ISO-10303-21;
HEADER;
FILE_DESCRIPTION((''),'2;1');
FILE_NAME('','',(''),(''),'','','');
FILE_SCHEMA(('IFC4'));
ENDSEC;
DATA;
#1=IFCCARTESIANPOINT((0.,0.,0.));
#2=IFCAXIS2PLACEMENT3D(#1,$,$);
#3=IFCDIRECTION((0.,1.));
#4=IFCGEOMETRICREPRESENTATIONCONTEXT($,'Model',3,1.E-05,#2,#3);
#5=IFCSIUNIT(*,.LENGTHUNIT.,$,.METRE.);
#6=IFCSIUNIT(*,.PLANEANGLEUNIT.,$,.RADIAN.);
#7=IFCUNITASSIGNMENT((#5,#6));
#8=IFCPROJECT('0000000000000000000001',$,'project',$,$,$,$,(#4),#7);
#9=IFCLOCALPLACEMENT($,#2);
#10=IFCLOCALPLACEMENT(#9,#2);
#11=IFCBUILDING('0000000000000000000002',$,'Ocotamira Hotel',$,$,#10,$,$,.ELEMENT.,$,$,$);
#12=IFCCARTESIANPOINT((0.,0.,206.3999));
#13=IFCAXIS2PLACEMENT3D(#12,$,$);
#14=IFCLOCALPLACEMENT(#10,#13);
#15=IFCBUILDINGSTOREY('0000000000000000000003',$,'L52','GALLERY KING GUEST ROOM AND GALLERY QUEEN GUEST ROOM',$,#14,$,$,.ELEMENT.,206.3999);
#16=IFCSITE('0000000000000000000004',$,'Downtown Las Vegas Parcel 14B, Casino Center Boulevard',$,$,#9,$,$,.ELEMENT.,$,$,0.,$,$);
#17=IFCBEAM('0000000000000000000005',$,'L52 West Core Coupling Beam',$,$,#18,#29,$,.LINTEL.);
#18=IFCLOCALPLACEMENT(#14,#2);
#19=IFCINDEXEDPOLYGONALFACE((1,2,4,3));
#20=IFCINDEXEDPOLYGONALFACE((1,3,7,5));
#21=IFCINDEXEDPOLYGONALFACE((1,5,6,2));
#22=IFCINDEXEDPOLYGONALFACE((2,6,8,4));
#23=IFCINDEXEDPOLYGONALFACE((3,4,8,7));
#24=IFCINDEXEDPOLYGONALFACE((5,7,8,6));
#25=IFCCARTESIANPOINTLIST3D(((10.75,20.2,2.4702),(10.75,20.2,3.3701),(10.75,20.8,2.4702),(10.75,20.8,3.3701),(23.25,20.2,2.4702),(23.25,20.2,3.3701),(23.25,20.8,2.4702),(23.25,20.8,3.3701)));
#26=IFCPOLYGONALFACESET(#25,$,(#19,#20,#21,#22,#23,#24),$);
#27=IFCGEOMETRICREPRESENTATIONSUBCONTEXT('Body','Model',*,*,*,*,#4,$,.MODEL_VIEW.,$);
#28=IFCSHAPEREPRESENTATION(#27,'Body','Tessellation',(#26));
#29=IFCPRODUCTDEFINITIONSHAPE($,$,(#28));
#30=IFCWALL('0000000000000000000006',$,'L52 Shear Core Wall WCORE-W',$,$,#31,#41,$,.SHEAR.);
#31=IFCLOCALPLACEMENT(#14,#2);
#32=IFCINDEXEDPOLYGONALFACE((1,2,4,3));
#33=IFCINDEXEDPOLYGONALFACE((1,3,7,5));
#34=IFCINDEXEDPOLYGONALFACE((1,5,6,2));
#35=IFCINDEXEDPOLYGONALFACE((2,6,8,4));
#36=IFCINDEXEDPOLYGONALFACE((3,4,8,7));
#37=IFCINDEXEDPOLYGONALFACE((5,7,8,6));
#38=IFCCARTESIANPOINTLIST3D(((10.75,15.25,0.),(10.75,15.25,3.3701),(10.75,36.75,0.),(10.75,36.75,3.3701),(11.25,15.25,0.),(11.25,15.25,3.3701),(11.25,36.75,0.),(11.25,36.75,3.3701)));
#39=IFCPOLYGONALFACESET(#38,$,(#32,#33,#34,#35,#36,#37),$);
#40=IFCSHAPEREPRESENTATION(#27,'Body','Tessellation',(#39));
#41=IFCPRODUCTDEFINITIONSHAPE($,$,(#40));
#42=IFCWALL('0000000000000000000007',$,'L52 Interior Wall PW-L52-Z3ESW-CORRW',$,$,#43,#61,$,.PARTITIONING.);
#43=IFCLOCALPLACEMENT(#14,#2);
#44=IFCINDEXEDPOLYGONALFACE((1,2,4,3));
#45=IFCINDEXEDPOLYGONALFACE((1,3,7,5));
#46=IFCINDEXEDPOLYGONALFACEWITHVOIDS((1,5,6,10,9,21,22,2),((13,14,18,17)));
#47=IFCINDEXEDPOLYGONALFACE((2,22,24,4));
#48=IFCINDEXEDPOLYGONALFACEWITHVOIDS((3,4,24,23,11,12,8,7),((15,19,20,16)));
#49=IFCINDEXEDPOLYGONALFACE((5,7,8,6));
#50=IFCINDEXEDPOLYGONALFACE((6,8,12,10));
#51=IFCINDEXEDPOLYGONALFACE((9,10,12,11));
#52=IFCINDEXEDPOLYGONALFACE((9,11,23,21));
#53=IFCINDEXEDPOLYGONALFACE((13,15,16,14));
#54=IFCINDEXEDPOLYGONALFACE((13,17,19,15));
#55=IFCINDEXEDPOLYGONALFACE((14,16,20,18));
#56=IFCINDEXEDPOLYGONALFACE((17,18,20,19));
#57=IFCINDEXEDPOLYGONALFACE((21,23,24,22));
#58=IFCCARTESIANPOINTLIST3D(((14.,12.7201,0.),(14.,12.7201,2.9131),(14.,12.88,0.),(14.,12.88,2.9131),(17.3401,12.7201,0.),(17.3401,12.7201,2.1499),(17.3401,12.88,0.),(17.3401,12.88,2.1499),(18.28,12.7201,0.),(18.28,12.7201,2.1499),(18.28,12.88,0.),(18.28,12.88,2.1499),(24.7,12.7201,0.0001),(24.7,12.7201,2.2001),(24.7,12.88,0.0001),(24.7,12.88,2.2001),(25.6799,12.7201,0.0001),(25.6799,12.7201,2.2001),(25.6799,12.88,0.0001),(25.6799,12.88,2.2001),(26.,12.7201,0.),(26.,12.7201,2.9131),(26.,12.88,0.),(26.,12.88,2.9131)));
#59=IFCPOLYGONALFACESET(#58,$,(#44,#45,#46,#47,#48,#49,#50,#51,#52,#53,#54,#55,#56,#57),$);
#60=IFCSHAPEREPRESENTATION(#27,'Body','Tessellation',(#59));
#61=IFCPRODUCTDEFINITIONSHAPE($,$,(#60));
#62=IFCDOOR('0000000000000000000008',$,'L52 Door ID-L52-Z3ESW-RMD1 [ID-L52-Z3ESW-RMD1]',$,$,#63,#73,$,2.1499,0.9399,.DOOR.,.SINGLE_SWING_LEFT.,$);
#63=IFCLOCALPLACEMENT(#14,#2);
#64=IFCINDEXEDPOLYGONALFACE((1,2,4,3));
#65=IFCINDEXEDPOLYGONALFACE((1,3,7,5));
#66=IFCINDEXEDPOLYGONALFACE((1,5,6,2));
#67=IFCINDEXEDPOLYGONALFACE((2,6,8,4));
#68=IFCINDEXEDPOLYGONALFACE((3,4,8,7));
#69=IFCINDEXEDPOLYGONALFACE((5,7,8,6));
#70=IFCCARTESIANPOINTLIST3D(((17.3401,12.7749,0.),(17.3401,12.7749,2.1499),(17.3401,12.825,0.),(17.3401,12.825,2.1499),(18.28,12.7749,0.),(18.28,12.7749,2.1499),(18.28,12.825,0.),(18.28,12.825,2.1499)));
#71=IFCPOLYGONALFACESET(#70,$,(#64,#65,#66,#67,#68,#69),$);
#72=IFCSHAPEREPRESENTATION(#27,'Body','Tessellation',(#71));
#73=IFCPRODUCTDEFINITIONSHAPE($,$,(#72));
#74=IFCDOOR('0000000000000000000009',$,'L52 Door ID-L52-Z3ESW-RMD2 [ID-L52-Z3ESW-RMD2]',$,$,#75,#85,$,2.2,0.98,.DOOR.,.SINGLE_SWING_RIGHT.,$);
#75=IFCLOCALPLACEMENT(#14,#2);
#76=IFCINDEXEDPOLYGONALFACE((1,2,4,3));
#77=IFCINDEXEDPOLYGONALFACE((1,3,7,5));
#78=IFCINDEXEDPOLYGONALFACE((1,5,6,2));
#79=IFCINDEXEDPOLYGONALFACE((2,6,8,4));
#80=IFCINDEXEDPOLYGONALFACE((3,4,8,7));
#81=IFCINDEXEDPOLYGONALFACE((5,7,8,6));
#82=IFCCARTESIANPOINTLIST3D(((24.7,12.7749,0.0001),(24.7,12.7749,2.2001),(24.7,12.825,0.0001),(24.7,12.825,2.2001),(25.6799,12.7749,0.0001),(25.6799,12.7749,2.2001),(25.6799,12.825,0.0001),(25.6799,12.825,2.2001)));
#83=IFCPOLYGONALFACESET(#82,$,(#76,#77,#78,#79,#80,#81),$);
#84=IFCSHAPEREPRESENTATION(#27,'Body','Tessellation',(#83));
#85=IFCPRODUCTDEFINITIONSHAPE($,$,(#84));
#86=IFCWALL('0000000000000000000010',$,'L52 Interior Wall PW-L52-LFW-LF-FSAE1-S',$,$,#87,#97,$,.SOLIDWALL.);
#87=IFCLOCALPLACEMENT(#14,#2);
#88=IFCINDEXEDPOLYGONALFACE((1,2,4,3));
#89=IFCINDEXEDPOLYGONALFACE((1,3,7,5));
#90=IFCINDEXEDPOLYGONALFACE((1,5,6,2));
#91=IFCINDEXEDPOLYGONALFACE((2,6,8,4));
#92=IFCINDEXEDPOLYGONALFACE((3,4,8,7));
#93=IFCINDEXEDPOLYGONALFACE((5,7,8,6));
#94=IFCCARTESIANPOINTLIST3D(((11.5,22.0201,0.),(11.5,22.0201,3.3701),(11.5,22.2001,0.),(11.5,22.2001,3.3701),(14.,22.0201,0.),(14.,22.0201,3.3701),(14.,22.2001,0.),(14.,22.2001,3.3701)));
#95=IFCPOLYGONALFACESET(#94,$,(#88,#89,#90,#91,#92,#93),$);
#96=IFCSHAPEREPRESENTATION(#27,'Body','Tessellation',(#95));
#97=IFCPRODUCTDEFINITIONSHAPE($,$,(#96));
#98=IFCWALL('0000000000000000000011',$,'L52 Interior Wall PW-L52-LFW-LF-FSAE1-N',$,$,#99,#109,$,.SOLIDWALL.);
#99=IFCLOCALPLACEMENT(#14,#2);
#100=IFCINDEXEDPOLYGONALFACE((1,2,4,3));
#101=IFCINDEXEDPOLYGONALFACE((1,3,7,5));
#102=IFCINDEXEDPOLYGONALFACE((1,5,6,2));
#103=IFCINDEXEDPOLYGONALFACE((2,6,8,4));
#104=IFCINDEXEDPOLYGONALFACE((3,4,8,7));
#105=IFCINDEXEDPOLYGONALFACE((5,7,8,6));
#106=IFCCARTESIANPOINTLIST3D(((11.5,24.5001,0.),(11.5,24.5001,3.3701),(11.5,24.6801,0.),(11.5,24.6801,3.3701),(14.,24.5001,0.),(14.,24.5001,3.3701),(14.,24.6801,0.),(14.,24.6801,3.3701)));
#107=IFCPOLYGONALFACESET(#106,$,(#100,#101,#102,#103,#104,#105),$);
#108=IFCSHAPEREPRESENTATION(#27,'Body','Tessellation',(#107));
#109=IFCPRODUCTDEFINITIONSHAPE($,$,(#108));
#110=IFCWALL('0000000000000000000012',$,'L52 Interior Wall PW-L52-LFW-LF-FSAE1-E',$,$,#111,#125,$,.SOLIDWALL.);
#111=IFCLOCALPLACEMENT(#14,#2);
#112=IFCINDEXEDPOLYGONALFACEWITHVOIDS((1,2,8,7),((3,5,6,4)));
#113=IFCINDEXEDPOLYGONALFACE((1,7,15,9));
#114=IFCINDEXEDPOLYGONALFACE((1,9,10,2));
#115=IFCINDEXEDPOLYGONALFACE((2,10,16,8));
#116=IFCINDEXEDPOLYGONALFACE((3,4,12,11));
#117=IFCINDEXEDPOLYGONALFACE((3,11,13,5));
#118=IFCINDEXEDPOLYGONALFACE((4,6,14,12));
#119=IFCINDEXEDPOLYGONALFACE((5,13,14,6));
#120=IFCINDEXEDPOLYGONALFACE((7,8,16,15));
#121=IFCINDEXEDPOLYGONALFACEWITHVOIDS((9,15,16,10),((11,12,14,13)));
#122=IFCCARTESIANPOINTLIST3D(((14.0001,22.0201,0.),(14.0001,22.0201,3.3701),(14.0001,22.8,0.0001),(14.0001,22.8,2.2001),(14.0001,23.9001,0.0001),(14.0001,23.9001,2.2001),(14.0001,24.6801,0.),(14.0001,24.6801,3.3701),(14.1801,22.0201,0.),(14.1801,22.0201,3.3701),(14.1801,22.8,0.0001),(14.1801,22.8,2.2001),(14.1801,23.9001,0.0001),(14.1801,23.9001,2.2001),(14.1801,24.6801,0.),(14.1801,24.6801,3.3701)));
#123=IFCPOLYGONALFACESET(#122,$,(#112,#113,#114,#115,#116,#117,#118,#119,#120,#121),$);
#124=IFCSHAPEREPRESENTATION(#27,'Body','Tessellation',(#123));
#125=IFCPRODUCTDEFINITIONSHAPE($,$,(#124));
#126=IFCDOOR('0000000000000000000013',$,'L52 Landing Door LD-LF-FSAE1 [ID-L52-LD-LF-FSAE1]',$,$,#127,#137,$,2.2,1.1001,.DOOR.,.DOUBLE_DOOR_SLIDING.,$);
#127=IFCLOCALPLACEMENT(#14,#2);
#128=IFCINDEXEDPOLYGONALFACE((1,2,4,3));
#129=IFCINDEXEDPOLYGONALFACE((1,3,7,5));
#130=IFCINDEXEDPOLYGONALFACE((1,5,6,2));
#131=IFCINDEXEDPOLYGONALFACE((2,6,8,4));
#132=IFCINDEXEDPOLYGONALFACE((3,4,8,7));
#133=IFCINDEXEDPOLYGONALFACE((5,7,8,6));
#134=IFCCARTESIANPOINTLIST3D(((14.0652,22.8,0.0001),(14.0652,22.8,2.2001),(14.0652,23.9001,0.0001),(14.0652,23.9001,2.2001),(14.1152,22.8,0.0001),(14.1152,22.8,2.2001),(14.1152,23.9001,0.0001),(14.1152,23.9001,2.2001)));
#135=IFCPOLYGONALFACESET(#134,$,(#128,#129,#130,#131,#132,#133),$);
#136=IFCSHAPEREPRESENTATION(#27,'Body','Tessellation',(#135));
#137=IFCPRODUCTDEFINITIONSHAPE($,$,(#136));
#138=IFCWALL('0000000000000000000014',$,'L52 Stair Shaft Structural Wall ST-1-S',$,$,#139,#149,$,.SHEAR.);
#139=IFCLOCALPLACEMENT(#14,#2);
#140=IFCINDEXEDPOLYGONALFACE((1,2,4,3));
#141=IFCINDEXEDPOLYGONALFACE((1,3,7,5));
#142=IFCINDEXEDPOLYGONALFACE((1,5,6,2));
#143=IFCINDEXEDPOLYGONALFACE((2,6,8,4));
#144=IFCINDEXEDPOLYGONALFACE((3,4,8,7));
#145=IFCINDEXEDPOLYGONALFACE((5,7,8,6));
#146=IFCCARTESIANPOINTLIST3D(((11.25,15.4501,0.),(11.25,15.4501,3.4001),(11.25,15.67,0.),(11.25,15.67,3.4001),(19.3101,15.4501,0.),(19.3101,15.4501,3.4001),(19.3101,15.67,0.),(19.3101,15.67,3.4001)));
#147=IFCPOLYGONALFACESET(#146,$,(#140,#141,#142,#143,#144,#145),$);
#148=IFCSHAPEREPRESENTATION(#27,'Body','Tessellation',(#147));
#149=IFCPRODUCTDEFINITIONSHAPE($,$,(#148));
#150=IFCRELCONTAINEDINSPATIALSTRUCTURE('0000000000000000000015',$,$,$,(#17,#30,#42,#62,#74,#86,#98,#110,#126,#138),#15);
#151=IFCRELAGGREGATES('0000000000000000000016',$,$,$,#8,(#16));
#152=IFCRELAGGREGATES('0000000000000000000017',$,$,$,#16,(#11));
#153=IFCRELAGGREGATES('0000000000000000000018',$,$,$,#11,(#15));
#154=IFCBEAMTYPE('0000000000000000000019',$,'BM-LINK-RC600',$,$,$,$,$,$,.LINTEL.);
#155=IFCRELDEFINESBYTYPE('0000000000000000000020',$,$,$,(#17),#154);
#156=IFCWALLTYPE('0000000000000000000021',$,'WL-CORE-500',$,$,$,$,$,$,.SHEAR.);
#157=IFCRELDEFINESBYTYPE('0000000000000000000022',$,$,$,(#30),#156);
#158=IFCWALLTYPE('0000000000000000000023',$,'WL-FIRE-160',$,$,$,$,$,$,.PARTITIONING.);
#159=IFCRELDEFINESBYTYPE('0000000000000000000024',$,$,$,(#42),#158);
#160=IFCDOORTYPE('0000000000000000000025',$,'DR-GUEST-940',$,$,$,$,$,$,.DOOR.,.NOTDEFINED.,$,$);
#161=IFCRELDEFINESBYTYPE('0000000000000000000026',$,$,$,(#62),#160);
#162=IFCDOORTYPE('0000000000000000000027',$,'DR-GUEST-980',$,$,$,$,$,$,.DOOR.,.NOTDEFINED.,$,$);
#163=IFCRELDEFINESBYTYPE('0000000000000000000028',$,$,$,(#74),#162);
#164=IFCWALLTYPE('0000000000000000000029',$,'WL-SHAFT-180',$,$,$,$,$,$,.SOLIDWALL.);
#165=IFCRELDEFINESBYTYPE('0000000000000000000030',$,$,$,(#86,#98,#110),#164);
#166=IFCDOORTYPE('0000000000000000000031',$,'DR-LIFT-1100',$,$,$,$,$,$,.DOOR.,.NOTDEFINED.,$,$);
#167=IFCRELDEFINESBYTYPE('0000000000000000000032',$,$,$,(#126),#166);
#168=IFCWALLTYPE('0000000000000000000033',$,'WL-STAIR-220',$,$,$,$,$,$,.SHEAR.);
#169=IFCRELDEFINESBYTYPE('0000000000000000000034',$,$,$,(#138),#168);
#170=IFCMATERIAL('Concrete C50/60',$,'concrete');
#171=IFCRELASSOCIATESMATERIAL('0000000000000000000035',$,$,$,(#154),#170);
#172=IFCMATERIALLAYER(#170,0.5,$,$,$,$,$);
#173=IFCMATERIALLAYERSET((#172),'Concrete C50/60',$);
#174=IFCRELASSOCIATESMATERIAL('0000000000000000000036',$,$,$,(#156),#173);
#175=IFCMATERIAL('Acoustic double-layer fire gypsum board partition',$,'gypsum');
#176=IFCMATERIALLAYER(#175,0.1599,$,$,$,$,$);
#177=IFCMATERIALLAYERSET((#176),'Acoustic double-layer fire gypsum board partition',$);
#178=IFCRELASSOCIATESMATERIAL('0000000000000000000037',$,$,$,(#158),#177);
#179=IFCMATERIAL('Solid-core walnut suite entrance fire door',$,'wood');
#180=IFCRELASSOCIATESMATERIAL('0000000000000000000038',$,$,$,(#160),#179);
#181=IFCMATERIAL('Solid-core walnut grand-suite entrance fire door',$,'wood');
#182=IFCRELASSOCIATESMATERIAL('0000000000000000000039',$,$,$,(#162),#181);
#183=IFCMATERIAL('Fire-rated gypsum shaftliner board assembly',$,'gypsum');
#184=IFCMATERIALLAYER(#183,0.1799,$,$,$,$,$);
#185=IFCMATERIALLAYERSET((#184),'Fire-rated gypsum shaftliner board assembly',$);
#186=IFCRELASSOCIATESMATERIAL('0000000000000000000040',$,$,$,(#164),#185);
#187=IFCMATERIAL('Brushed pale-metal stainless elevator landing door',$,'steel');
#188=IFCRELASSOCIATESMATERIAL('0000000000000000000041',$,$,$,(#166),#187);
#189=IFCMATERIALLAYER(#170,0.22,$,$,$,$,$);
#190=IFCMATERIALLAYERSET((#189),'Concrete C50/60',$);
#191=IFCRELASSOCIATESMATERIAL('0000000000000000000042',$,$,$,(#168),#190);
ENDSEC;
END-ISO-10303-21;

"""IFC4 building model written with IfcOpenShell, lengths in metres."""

from ifc_helpers import new_model, si_unit, direction, frame, frame_2d, origin, origin_2d, place, context, subcontext, project, spatial, rectangle, extrude, source, transform, mapped, material, layer, layer_set, material_profile, profile_set, type_object, element, fill, save


model = new_model("IFC4")

# Units and contexts
model_context = context("Model", 3, precision=1e-05, world=origin(), true_north=direction((0.0, 1.0)))
body_context = subcontext(model_context, "Body", "Model", "MODEL_VIEW")
ifc_project = project(units=[si_unit("LENGTHUNIT", "METRE"), si_unit("PLANEANGLEUNIT", "RADIAN")], contexts=[model_context])

# Site, building, storey
site_placement = place(None, origin())
site = spatial("IfcSite", under=ifc_project, at=site_placement, Name="Downtown Las Vegas Parcel 14B, Casino Center Boulevard", CompositionType="ELEMENT", RefElevation=0.0)
building_placement = place(site_placement, origin())
building = spatial("IfcBuilding", under=site, at=building_placement, Name="Ocotamira Hotel", CompositionType="ELEMENT")
storey_placement = place(building_placement, frame((0.0, 0.0, 206.3999)))
storey = spatial("IfcBuildingStorey", under=building, at=storey_placement, Name="L52", Description="GALLERY KING GUEST ROOM AND GALLERY QUEEN GUEST ROOM", CompositionType="ELEMENT", Elevation=206.3999)

# Beam
ifc_material_1 = material(Name="Concrete C50/60", Category="concrete")
ifc_material_profile = material_profile(ifc_material_1, rectangle(XDim=0.6001, YDim=0.8999, at=origin_2d()), Name="RC600X900")
ifc_profile_set = profile_set([ifc_material_profile], Name="Concrete C50/60")
beam_type = type_object("IfcBeamType", Name="BM-LINK-RC600", PredefinedType="LINTEL", material=ifc_profile_set)
shared_shape_1 = source(origin(), body_context, "Body", "SweptSolid", [
    extrude(rectangle(XDim=0.6001, YDim=0.8999, at=origin_2d()), origin(), (0.0, 0.0, 1.0), 12.5),
])
beam_placement = place(storey_placement, frame((10.75, 20.5, 2.9202), z_axis=(1.0, 0.0, 0.0), x_axis=(0.0, 1.0, 0.0)))
element("IfcBeam", 1, at=beam_placement, inside=storey, type_object=beam_type, Name="L52 West Core Coupling Beam", PredefinedType="LINTEL", context=body_context, shape_type="MappedRepresentation", body=[
    mapped(shared_shape_1, transform((0.0, 0.0, 0.0), scale=1.0)),
])

# Wall
ifc_layer_1 = layer(ifc_material_1, 0.5)
ifc_layer_set_1 = layer_set([ifc_layer_1], Name="Concrete C50/60")
wall_type_1 = type_object("IfcWallType", Name="WL-CORE-500", PredefinedType="SHEAR", material=ifc_layer_set_1)
wall_1_placement = place(storey_placement, frame((11.0, 15.25, 0.0), z_axis=(0.0, 0.0, 1.0), x_axis=(0.0, 1.0, 0.0)))
element("IfcWall", 2, at=wall_1_placement, inside=storey, type_object=wall_type_1, Name="L52 Shear Core Wall WCORE-W", PredefinedType="SHEAR", context=body_context, shape_type="SweptSolid", body=[
    extrude(rectangle(XDim=21.5, YDim=0.5, at=frame_2d((10.75, 0.0))), origin(), (0.0, 0.0, 1.0), 3.3701),
])

# Shared definitions
ifc_material_2 = material(Name="Acoustic double-layer fire gypsum board partition", Category="gypsum")
ifc_layer_2 = layer(ifc_material_2, 0.1599)
ifc_layer_set_2 = layer_set([ifc_layer_2], Name="Acoustic double-layer fire gypsum board partition")
wall_type_2 = type_object("IfcWallType", Name="WL-FIRE-160", PredefinedType="PARTITIONING", material=ifc_layer_set_2)

# Wall, openings, doors
wall_2_placement = place(storey_placement, frame((14.0, 12.8, 0.0), z_axis=(0.0, 0.0, 1.0), x_axis=(1.0, 0.0, 0.0)))
wall_2 = element("IfcWall", 3, at=wall_2_placement, inside=storey, type_object=wall_type_2, Name="L52 Interior Wall PW-L52-Z3ESW-CORRW", PredefinedType="PARTITIONING", context=body_context, shape_type="SweptSolid", body=[
    extrude(rectangle(XDim=12.0, YDim=0.1599, at=frame_2d((6.0, 0.0))), origin(), (0.0, 0.0, 1.0), 2.9131),
])
opening_1_placement = place(wall_2_placement, frame((3.3401, 0.0, 0.0)))
opening_1 = element("IfcOpeningElement", 4, at=opening_1_placement, cuts=wall_2, PredefinedType="OPENING", context=body_context, shape_type="SweptSolid", body=[
    extrude(rectangle(XDim=0.9399, YDim=2.1499, at=frame_2d((0.47, 1.075))), frame((0.0, 0.0898, 0.0), z_axis=(0.0, -1.0, 0.0), x_axis=(1.0, 0.0, 0.0)), (0.0, 0.0, 1.0), 0.1799),
])
opening_2_placement = place(wall_2_placement, frame((10.7, 0.0, 0.0)))
opening_2 = element("IfcOpeningElement", 5, at=opening_2_placement, cuts=wall_2, PredefinedType="OPENING", context=body_context, shape_type="SweptSolid", body=[
    extrude(rectangle(XDim=0.98, YDim=2.2, at=frame_2d((0.49, 1.1001))), frame((0.0, 0.0898, 0.0), z_axis=(0.0, -1.0, 0.0), x_axis=(1.0, 0.0, 0.0)), (0.0, 0.0, 1.0), 0.1799),
])
ifc_material_3 = material(Name="Solid-core walnut suite entrance fire door", Category="wood")
door_type_1 = type_object("IfcDoorType", Name="DR-GUEST-940", OperationType="NOTDEFINED", PredefinedType="DOOR", material=ifc_material_3)
shared_shape_2 = source(origin(), body_context, "Body", "SweptSolid", [
    extrude(rectangle(XDim=0.9399, YDim=2.1499, at=frame_2d((0.47, 1.075))), frame((0.0, 0.0249, 0.0), z_axis=(0.0, -1.0, 0.0), x_axis=(1.0, 0.0, 0.0)), (0.0, 0.0, 1.0), 0.05),
])
door_1_placement = place(opening_1_placement, origin())
door_1 = element("IfcDoor", 6, at=door_1_placement, inside=storey, type_object=door_type_1, Name="L52 Door ID-L52-Z3ESW-RMD1 [ID-L52-Z3ESW-RMD1]", OperationType="SINGLE_SWING_LEFT", OverallHeight=2.1499, OverallWidth=0.9399, PredefinedType="DOOR", context=body_context, shape_type="MappedRepresentation", body=[
    mapped(shared_shape_2, transform((0.0, 0.0, 0.0), scale=1.0)),
])
fill(opening_1, door_1)
ifc_material_4 = material(Name="Solid-core walnut grand-suite entrance fire door", Category="wood")
door_type_2 = type_object("IfcDoorType", Name="DR-GUEST-980", OperationType="NOTDEFINED", PredefinedType="DOOR", material=ifc_material_4)
shared_shape_3 = source(origin(), body_context, "Body", "SweptSolid", [
    extrude(rectangle(XDim=0.98, YDim=2.2, at=frame_2d((0.49, 1.1001))), frame((0.0, 0.0249, 0.0), z_axis=(0.0, -1.0, 0.0), x_axis=(1.0, 0.0, 0.0)), (0.0, 0.0, 1.0), 0.05),
])
door_2_placement = place(opening_2_placement, origin())
door_2 = element("IfcDoor", 7, at=door_2_placement, inside=storey, type_object=door_type_2, Name="L52 Door ID-L52-Z3ESW-RMD2 [ID-L52-Z3ESW-RMD2]", OperationType="SINGLE_SWING_RIGHT", OverallHeight=2.2, OverallWidth=0.98, PredefinedType="DOOR", context=body_context, shape_type="MappedRepresentation", body=[
    mapped(shared_shape_3, transform((0.0, 0.0, 0.0), scale=1.0)),
])
fill(opening_2, door_2)

# Walls
ifc_material_5 = material(Name="Fire-rated gypsum shaftliner board assembly", Category="gypsum")
ifc_layer_3 = layer(ifc_material_5, 0.1799)
ifc_layer_set_3 = layer_set([ifc_layer_3], Name="Fire-rated gypsum shaftliner board assembly")
wall_type_3 = type_object("IfcWallType", Name="WL-SHAFT-180", PredefinedType="SOLIDWALL", material=ifc_layer_set_3)
for number, where, z_axis, x_axis, name in (
    (8, (11.5, 22.1101, 0.0), (0.0, 0.0, 1.0), (1.0, 0.0, 0.0), "L52 Interior Wall PW-L52-LFW-LF-FSAE1-S"),
    (9, (11.5, 24.5901, 0.0), (0.0, 0.0, 1.0), (1.0, 0.0, 0.0), "L52 Interior Wall PW-L52-LFW-LF-FSAE1-N"),
):
    element("IfcWall", number, at=place(storey_placement, frame(where, z_axis=z_axis, x_axis=x_axis)), inside=storey, type_object=wall_type_3, Name=name, PredefinedType="SOLIDWALL", context=body_context, shape_type="SweptSolid", body=[
        extrude(rectangle(XDim=2.5, YDim=0.1799, at=frame_2d((1.25, 0.0))), origin(), (0.0, 0.0, 1.0), 3.3701),
    ])

# Wall, opening, door
wall_3_placement = place(storey_placement, frame((14.0901, 22.02, 0.0), z_axis=(0.0, 0.0, 1.0), x_axis=(0.0, 1.0, 0.0)))
wall_3 = element("IfcWall", 10, at=wall_3_placement, inside=storey, type_object=wall_type_3, Name="L52 Interior Wall PW-L52-LFW-LF-FSAE1-E", PredefinedType="SOLIDWALL", context=body_context, shape_type="SweptSolid", body=[
    extrude(rectangle(XDim=2.6599, YDim=0.1799, at=frame_2d((1.3301, 0.0))), origin(), (0.0, 0.0, 1.0), 3.3701),
])
opening_3_placement = place(wall_3_placement, frame((0.78, 0.0, 0.0)))
opening_3 = element("IfcOpeningElement", 11, at=opening_3_placement, cuts=wall_3, PredefinedType="OPENING", context=body_context, shape_type="SweptSolid", body=[
    extrude(rectangle(XDim=1.1001, YDim=2.2, at=frame_2d((0.55, 1.1001))), frame((0.0, 0.1001, 0.0), z_axis=(0.0, -1.0, 0.0), x_axis=(1.0, 0.0, 0.0)), (0.0, 0.0, 1.0), 0.2),
])
ifc_material_6 = material(Name="Brushed pale-metal stainless elevator landing door", Category="steel")
door_type_3 = type_object("IfcDoorType", Name="DR-LIFT-1100", OperationType="NOTDEFINED", PredefinedType="DOOR", material=ifc_material_6)
shared_shape_4 = source(origin(), body_context, "Body", "SweptSolid", [
    extrude(rectangle(XDim=1.1001, YDim=2.2, at=frame_2d((0.55, 1.1001))), frame((0.0, 0.0249, 0.0), z_axis=(0.0, -1.0, 0.0), x_axis=(1.0, 0.0, 0.0)), (0.0, 0.0, 1.0), 0.05),
])
door_3_placement = place(opening_3_placement, origin())
door_3 = element("IfcDoor", 12, at=door_3_placement, inside=storey, type_object=door_type_3, Name="L52 Landing Door LD-LF-FSAE1 [ID-L52-LD-LF-FSAE1]", OperationType="DOUBLE_DOOR_SLIDING", OverallHeight=2.2, OverallWidth=1.1001, PredefinedType="DOOR", context=body_context, shape_type="MappedRepresentation", body=[
    mapped(shared_shape_4, transform((0.0, 0.0, 0.0), scale=1.0)),
])
fill(opening_3, door_3)

# Wall
ifc_layer_4 = layer(ifc_material_1, 0.22)
ifc_layer_set_4 = layer_set([ifc_layer_4], Name="Concrete C50/60")
wall_type_4 = type_object("IfcWallType", Name="WL-STAIR-220", PredefinedType="SHEAR", material=ifc_layer_set_4)
wall_4_placement = place(storey_placement, frame((11.25, 15.5601, 0.0), z_axis=(0.0, 0.0, 1.0), x_axis=(1.0, 0.0, 0.0)))
element("IfcWall", 13, at=wall_4_placement, inside=storey, type_object=wall_type_4, Name="L52 Stair Shaft Structural Wall ST-1-S", PredefinedType="SHEAR", context=body_context, shape_type="SweptSolid", body=[
    extrude(rectangle(XDim=8.0601, YDim=0.22, at=frame_2d((4.03, 0.0))), origin(), (0.0, 0.0, 1.0), 3.4001),
])

save(model, "model.ifc")
